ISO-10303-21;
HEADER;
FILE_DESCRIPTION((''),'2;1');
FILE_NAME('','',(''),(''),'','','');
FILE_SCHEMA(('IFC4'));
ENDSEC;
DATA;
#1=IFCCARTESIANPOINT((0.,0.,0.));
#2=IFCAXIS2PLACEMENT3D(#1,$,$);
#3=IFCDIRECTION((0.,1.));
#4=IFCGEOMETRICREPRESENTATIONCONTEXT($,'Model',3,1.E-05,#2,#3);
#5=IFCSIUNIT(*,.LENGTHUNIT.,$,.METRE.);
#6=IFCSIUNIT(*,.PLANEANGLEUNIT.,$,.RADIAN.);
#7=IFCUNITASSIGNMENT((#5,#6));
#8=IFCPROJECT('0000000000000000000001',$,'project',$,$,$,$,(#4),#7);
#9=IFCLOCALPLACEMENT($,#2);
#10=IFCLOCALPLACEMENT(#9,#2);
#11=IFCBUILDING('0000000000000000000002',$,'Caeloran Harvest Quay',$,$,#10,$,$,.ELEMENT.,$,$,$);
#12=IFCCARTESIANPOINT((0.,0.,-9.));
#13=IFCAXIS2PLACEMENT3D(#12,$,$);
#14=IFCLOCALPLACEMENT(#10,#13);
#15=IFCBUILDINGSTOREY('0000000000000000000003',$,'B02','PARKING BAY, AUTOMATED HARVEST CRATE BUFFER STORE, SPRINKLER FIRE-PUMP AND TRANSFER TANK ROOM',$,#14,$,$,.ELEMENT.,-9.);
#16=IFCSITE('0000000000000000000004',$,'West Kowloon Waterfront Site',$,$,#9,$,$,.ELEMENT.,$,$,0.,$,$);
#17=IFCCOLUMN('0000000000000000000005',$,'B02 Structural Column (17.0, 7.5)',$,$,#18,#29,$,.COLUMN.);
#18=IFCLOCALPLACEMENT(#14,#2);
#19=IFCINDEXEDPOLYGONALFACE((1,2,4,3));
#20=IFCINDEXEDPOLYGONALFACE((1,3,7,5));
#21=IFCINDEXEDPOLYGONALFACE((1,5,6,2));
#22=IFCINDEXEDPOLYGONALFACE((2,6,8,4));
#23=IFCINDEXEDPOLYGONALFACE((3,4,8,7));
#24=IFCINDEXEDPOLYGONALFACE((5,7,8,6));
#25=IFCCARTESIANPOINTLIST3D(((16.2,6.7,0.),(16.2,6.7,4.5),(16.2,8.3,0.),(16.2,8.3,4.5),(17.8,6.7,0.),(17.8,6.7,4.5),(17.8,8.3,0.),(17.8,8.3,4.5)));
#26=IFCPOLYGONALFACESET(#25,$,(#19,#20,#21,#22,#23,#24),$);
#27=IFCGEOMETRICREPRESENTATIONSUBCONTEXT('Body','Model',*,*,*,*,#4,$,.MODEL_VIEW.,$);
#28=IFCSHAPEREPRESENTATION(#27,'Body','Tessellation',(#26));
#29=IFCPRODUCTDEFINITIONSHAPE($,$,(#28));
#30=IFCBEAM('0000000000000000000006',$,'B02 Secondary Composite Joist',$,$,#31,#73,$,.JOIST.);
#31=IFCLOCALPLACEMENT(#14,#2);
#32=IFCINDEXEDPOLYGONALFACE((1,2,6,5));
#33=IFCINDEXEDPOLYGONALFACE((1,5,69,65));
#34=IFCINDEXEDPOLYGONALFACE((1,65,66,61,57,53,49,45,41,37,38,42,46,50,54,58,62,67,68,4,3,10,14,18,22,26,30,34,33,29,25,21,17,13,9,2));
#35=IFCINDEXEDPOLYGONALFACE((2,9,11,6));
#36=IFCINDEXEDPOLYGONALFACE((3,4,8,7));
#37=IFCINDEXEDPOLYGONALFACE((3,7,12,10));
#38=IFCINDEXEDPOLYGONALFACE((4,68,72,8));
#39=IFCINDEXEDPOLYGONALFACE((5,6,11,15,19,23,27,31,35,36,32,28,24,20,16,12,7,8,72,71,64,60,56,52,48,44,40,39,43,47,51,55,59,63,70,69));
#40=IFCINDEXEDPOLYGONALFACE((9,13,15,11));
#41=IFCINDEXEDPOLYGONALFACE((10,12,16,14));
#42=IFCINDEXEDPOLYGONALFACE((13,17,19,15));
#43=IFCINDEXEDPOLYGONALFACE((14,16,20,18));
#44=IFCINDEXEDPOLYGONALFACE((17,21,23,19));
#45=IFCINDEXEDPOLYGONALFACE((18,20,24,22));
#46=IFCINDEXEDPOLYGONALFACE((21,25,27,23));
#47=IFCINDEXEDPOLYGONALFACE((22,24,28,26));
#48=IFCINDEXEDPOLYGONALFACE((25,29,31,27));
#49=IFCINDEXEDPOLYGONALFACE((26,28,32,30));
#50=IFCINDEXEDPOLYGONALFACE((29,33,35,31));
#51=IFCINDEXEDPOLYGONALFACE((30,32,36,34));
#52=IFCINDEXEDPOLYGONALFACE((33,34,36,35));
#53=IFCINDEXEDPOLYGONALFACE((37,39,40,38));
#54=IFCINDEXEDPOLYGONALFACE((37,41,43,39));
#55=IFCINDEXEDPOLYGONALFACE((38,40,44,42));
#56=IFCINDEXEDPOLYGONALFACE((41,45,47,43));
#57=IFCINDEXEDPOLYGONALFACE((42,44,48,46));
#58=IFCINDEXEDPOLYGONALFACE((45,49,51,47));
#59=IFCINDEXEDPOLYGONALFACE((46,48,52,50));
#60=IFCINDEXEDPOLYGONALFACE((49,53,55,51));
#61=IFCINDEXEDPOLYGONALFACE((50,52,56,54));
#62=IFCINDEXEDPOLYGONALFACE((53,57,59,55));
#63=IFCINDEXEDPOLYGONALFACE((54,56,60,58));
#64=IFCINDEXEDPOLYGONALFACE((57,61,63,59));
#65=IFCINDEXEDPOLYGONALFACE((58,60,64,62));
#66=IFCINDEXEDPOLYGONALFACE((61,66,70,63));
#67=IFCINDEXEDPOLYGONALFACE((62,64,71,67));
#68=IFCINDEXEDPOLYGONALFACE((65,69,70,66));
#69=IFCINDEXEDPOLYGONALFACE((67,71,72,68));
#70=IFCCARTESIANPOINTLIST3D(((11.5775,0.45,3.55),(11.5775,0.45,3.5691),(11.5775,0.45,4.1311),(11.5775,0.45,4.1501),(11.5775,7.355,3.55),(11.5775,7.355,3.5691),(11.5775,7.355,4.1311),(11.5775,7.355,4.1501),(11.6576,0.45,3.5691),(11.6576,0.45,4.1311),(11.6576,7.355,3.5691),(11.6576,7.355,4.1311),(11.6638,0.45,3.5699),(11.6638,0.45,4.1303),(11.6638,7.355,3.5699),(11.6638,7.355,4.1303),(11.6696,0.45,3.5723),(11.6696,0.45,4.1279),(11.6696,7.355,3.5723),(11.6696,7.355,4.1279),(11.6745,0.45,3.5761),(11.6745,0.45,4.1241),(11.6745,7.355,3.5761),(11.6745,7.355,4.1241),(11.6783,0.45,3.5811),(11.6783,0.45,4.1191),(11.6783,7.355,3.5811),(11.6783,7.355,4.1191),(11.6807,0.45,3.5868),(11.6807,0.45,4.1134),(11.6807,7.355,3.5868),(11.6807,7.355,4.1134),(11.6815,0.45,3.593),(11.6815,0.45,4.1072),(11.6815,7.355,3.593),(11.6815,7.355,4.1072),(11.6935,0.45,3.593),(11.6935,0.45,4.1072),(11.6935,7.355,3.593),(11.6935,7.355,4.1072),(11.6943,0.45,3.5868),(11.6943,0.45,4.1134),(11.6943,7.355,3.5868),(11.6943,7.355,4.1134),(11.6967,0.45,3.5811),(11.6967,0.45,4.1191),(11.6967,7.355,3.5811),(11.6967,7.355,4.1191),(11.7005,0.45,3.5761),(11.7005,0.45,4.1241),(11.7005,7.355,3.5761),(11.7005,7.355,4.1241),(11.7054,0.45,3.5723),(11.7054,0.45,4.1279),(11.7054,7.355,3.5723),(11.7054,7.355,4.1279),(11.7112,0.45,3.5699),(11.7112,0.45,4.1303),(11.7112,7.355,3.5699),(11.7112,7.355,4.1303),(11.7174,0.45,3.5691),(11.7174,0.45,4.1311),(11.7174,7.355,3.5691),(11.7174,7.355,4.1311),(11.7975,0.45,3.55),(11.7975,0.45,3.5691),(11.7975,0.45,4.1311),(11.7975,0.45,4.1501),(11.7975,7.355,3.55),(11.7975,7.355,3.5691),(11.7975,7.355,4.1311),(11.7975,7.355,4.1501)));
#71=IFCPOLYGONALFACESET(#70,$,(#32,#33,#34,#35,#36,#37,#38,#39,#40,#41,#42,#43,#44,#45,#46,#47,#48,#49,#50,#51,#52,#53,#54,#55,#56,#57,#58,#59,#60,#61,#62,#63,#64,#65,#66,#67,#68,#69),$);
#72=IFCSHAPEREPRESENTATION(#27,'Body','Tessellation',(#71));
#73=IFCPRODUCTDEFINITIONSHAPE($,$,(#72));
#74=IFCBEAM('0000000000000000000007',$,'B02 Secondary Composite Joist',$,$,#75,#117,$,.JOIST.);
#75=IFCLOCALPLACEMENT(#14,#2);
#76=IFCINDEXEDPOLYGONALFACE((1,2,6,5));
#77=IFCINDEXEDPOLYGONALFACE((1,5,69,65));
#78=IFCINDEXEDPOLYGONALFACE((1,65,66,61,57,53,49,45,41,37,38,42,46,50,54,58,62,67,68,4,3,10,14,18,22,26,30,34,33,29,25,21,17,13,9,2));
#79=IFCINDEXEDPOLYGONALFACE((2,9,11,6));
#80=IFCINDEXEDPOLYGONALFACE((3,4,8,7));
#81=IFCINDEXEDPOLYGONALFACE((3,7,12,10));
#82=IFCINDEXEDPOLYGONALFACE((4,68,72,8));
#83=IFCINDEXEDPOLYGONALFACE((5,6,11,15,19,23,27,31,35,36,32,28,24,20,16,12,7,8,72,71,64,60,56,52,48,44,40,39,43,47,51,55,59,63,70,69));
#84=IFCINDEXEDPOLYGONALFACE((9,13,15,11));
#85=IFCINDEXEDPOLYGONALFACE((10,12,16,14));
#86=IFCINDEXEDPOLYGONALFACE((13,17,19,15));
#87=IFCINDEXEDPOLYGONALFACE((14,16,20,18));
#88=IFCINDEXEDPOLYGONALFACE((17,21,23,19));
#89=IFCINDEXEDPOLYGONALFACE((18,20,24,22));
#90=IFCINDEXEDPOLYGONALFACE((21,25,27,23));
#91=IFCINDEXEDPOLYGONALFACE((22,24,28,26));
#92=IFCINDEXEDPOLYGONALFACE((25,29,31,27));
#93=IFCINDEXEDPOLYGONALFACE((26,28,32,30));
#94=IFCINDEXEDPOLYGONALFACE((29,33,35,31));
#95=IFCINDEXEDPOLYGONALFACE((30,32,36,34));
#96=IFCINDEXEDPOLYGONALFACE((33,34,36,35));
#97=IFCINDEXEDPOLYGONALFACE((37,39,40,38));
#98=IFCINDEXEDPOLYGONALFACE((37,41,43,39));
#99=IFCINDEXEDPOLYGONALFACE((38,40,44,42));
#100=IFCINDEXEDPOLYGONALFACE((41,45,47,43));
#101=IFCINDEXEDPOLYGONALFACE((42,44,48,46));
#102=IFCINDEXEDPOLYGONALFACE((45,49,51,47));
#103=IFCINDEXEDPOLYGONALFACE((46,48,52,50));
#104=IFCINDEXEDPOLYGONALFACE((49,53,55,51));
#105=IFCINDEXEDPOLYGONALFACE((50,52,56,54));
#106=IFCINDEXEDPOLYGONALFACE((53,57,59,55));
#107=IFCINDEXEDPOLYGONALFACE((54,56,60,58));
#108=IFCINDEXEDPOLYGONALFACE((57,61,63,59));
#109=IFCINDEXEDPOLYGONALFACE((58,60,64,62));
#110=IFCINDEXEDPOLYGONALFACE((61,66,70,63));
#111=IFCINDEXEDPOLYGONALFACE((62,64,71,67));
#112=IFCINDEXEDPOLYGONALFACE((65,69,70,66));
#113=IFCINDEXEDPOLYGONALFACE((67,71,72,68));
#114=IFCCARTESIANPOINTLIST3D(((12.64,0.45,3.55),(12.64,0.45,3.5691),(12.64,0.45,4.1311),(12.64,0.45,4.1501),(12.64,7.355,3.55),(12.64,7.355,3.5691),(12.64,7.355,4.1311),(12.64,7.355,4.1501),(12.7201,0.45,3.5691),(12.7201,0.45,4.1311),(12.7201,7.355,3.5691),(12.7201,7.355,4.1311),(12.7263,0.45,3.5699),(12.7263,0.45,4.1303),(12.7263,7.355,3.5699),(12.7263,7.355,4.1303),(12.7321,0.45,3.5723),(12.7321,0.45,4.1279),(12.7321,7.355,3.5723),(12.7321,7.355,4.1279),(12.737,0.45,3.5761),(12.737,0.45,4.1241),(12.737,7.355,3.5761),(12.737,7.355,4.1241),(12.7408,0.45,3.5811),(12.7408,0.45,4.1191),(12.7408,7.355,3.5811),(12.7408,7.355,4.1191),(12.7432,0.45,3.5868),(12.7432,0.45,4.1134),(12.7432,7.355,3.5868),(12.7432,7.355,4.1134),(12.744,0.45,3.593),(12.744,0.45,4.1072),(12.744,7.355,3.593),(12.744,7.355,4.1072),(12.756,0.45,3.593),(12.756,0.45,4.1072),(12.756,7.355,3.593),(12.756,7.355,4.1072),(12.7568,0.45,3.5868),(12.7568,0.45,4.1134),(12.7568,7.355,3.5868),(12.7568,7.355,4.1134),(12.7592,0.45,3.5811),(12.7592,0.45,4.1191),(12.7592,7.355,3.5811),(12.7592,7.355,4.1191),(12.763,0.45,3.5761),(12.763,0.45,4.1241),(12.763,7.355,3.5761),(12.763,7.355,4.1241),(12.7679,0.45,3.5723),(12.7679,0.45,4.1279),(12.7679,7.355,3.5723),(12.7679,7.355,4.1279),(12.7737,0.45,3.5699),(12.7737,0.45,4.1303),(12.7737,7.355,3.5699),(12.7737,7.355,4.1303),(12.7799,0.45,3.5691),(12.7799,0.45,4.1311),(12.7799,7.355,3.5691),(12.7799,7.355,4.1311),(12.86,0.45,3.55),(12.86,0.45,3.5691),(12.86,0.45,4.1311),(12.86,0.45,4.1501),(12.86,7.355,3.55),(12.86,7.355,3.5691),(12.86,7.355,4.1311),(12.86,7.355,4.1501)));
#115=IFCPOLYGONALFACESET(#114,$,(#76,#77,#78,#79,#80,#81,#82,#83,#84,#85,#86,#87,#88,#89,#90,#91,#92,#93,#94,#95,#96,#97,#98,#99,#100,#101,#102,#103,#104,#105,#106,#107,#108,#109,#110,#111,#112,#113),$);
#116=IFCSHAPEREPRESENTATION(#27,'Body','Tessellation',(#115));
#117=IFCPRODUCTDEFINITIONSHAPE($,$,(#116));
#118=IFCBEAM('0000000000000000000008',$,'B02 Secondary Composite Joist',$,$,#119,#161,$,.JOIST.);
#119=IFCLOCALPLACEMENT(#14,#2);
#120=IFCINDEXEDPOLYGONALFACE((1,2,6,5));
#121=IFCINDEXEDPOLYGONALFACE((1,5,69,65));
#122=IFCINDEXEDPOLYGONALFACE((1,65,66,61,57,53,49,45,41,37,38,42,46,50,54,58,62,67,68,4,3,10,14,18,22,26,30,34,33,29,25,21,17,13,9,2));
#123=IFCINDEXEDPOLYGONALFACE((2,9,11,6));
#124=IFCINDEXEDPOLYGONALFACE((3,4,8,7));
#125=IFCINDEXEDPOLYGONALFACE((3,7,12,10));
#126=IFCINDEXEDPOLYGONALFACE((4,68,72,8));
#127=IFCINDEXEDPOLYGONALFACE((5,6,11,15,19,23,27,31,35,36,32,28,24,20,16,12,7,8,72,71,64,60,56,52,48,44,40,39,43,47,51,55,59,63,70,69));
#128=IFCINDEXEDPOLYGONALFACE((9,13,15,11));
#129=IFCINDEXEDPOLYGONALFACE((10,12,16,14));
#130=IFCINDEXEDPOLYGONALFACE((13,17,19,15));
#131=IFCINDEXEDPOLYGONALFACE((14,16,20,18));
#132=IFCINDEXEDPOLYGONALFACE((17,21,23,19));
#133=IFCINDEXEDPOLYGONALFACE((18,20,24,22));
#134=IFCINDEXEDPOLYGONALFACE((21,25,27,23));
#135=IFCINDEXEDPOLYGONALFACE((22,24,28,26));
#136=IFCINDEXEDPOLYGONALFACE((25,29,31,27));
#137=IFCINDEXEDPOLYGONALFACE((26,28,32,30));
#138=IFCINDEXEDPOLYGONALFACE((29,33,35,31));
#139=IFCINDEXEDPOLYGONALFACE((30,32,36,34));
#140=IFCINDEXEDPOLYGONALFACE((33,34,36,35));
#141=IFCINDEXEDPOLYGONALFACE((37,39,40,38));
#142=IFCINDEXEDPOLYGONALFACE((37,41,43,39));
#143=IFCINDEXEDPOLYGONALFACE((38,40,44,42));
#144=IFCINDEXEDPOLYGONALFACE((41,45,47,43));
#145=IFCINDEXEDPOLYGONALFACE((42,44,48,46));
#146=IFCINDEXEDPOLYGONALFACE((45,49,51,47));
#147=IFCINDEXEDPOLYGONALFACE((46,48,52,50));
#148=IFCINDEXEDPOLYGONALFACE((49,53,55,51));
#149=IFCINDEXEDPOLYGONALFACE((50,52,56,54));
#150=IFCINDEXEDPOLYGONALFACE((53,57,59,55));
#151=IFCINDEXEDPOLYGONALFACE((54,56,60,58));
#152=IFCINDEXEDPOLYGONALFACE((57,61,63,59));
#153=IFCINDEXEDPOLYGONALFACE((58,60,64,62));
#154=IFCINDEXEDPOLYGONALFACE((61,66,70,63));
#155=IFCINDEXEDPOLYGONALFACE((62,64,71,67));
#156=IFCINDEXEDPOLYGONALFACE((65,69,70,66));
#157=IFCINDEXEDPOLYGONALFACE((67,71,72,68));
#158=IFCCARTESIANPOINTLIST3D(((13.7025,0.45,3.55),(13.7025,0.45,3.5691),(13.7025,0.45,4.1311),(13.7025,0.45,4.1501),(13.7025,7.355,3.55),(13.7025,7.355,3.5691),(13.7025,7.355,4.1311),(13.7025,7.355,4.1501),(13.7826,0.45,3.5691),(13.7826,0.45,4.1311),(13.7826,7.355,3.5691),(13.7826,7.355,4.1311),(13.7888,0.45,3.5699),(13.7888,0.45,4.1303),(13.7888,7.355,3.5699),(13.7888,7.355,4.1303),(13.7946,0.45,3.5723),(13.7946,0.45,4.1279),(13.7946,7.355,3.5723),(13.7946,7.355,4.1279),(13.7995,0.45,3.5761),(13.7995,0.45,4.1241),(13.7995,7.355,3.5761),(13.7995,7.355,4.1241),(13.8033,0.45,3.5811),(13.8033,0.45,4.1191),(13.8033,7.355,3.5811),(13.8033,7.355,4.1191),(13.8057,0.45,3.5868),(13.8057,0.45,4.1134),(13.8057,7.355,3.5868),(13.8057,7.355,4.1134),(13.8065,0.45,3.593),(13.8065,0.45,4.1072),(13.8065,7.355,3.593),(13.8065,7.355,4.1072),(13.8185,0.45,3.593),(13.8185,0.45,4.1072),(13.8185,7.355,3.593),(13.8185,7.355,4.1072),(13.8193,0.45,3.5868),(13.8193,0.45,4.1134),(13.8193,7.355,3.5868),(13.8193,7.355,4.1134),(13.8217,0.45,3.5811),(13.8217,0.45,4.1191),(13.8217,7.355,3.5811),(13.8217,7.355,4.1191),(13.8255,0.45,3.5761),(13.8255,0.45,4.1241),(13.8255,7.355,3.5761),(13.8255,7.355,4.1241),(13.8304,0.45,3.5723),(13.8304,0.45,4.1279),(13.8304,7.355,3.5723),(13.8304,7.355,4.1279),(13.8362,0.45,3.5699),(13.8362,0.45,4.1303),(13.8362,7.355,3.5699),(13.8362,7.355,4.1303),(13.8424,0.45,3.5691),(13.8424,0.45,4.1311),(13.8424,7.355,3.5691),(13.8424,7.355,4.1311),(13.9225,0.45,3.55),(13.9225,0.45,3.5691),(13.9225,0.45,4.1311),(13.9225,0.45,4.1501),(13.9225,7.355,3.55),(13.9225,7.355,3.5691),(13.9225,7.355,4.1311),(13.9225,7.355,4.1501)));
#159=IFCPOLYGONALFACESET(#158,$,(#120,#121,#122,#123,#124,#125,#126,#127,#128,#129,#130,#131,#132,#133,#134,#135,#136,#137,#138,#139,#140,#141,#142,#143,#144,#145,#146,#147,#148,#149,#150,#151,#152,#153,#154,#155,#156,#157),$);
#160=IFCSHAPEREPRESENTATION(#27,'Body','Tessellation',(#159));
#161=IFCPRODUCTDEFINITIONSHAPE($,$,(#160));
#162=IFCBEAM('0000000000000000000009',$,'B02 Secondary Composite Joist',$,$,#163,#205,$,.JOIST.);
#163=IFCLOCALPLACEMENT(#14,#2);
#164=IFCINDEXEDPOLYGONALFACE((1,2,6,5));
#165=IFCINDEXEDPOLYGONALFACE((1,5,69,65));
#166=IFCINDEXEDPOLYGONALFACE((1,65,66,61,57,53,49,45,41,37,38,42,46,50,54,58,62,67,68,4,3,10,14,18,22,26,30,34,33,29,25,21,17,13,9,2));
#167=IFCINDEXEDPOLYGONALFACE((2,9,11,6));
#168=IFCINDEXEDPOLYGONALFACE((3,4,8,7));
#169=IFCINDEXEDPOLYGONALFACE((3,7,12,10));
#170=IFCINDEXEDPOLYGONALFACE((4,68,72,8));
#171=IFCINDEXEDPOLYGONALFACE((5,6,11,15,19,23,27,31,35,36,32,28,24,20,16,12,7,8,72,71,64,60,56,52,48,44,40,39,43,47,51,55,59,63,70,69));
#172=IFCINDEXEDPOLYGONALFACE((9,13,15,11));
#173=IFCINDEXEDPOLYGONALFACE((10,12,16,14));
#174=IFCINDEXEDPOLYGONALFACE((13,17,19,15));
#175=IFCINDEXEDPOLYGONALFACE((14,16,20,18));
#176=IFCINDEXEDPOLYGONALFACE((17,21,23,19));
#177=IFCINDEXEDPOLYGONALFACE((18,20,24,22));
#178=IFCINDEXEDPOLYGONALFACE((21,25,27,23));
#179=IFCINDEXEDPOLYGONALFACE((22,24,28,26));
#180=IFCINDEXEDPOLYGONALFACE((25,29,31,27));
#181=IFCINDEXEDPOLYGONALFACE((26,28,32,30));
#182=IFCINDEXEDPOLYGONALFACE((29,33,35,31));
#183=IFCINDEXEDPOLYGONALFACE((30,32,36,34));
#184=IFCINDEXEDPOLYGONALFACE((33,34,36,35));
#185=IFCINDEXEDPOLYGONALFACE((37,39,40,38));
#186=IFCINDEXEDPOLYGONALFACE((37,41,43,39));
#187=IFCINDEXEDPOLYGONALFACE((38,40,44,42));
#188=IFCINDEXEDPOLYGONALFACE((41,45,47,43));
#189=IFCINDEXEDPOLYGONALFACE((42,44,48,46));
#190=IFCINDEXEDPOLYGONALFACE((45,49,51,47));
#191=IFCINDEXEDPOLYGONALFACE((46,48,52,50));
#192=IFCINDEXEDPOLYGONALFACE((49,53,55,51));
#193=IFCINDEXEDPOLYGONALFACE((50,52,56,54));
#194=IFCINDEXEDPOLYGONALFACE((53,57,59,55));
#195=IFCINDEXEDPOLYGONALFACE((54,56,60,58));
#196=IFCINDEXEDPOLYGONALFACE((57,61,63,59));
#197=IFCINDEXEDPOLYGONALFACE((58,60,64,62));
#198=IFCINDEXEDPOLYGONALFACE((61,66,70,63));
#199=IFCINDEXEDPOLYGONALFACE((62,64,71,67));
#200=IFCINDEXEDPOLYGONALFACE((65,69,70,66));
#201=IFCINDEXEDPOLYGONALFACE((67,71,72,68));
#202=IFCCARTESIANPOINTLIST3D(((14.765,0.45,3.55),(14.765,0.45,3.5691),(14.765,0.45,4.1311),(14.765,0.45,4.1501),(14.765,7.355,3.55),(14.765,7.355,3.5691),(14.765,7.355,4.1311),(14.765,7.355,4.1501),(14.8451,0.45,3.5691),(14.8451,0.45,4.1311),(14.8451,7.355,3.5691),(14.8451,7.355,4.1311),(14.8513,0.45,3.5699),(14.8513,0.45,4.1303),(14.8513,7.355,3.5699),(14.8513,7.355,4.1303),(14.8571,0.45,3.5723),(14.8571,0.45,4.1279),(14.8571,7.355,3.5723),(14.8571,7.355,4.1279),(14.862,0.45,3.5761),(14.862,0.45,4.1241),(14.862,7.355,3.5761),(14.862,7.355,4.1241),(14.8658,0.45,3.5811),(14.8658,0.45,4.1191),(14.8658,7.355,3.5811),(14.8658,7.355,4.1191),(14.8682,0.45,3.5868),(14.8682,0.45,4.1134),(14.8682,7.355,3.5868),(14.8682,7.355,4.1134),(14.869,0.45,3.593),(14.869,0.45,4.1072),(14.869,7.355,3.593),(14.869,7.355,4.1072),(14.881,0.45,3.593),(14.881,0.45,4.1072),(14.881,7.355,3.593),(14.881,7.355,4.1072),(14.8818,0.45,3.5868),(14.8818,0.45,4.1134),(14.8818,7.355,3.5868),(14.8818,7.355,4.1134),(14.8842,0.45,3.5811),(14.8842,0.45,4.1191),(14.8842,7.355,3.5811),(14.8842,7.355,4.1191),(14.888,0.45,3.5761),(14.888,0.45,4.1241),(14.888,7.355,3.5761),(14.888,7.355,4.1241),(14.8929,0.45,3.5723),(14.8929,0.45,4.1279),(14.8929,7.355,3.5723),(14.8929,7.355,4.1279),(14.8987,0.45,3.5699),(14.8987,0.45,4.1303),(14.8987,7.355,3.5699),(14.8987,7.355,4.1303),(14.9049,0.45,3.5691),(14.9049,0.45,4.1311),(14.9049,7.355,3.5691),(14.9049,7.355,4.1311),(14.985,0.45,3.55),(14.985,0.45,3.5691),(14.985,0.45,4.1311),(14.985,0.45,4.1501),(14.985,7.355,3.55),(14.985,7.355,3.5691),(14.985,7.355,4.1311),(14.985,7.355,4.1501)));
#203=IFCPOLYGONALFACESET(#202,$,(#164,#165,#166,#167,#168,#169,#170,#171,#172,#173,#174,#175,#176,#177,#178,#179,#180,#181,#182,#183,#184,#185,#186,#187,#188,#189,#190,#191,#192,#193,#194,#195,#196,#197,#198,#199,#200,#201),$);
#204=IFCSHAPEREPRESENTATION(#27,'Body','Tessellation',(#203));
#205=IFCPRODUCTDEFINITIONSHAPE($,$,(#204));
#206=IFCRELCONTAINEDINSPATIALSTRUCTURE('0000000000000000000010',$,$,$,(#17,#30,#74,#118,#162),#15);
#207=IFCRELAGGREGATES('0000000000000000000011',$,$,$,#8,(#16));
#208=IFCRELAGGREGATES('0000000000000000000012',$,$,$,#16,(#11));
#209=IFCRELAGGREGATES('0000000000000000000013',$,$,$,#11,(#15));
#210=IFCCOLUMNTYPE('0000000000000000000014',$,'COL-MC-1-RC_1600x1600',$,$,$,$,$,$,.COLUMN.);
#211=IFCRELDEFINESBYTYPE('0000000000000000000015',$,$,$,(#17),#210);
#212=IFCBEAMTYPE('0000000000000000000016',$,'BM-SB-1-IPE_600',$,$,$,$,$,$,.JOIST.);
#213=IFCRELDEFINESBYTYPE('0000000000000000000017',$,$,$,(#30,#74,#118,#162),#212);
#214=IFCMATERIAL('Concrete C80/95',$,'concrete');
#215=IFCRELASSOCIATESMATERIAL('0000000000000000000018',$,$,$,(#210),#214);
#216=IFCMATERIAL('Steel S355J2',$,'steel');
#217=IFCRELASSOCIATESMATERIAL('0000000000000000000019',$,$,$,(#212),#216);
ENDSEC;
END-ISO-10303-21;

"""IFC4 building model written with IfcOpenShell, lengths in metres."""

from ifc_helpers import new_model, si_unit, direction, frame, origin, origin_2d, place, context, subcontext, project, spatial, rectangle, i_section, extrude, material, material_profile, profile_set, type_object, element, save


model = new_model("IFC4")

# Units and contexts
model_context = context("Model", 3, precision=1e-05, world=origin(), true_north=direction((0.0, 1.0)))
body_context = subcontext(model_context, "Body", "Model", "MODEL_VIEW")
ifc_project = project(units=[si_unit("LENGTHUNIT", "METRE"), si_unit("PLANEANGLEUNIT", "RADIAN")], contexts=[model_context])

# Site, building, storey
site_placement = place(None, origin())
site = spatial("IfcSite", under=ifc_project, at=site_placement, Name="West Kowloon Waterfront Site", CompositionType="ELEMENT", RefElevation=0.0)
building_placement = place(site_placement, origin())
building = spatial("IfcBuilding", under=site, at=building_placement, Name="Caeloran Harvest Quay", CompositionType="ELEMENT")
storey_placement = place(building_placement, frame((0.0, 0.0, -9.0)))
storey = spatial("IfcBuildingStorey", under=building, at=storey_placement, Name="B02", Description="PARKING BAY, AUTOMATED HARVEST CRATE BUFFER STORE, SPRINKLER FIRE-PUMP AND TRANSFER TANK ROOM", CompositionType="ELEMENT", Elevation=-9.0)

# Column
ifc_material_1 = material(Name="Concrete C80/95", Category="concrete")
ifc_material_profile_1 = material_profile(ifc_material_1, rectangle(XDim=1.6001, YDim=1.6001, at=origin_2d()), Name="RC 1600x1600")
ifc_profile_set_1 = profile_set([ifc_material_profile_1], Name="Concrete C80/95")
column_type = type_object("IfcColumnType", Name="COL-MC-1-RC_1600x1600", PredefinedType="COLUMN", material=ifc_profile_set_1)
column_placement = place(storey_placement, frame((17.0, 7.5, 0.0), z_axis=(0.0, 0.0, 1.0), x_axis=(1.0, 0.0, 0.0)))
element("IfcColumn", 1, at=column_placement, inside=storey, type_object=column_type, Name="B02 Structural Column (17.0, 7.5)", PredefinedType="COLUMN", context=body_context, shape_type="SweptSolid", body=[
    extrude(rectangle(XDim=1.6001, YDim=1.6001, at=origin_2d()), origin(), (0.0, 0.0, 1.0), 4.5),
])

# Beams
ifc_material_2 = material(Name="Steel S355J2", Category="steel")
ifc_material_profile_2 = material_profile(ifc_material_2, i_section(OverallWidth=0.22, OverallDepth=0.6001, WebThickness=0.012, FlangeThickness=0.019, FilletRadius=0.0239, at=origin_2d()), Name="IPE 600")
ifc_profile_set_2 = profile_set([ifc_material_profile_2], Name="Steel S355J2")
beam_type_1 = type_object("IfcBeamType", Name="BM-SB-1-IPE_600", PredefinedType="JOIST", material=ifc_profile_set_2)
for number, where, z_axis, x_axis, name in (
    (2, (11.6875, 0.45, 3.8501), (0.0, 1.0, 0.0), (-1.0, 0.0, 0.0), "B02 Secondary Composite Joist"),
    (3, (12.75, 0.45, 3.8501), (0.0, 1.0, 0.0), (-1.0, 0.0, 0.0), "B02 Secondary Composite Joist"),
    (4, (13.8125, 0.45, 3.8501), (0.0, 1.0, 0.0), (-1.0, 0.0, 0.0), "B02 Secondary Composite Joist"),
    (5, (14.875, 0.45, 3.8501), (0.0, 1.0, 0.0), (-1.0, 0.0, 0.0), "B02 Secondary Composite Joist"),
):
    element("IfcBeam", number, at=place(storey_placement, frame(where, z_axis=z_axis, x_axis=x_axis)), inside=storey, type_object=beam_type_1, Name=name, PredefinedType="JOIST", context=body_context, shape_type="SweptSolid", body=[
        extrude(i_section(OverallWidth=0.22, OverallDepth=0.6001, WebThickness=0.012, FlangeThickness=0.019, FilletRadius=0.0239, at=origin_2d()), origin(), (0.0, 0.0, 1.0), 6.905),
    ])

save(model, "model.ifc")
